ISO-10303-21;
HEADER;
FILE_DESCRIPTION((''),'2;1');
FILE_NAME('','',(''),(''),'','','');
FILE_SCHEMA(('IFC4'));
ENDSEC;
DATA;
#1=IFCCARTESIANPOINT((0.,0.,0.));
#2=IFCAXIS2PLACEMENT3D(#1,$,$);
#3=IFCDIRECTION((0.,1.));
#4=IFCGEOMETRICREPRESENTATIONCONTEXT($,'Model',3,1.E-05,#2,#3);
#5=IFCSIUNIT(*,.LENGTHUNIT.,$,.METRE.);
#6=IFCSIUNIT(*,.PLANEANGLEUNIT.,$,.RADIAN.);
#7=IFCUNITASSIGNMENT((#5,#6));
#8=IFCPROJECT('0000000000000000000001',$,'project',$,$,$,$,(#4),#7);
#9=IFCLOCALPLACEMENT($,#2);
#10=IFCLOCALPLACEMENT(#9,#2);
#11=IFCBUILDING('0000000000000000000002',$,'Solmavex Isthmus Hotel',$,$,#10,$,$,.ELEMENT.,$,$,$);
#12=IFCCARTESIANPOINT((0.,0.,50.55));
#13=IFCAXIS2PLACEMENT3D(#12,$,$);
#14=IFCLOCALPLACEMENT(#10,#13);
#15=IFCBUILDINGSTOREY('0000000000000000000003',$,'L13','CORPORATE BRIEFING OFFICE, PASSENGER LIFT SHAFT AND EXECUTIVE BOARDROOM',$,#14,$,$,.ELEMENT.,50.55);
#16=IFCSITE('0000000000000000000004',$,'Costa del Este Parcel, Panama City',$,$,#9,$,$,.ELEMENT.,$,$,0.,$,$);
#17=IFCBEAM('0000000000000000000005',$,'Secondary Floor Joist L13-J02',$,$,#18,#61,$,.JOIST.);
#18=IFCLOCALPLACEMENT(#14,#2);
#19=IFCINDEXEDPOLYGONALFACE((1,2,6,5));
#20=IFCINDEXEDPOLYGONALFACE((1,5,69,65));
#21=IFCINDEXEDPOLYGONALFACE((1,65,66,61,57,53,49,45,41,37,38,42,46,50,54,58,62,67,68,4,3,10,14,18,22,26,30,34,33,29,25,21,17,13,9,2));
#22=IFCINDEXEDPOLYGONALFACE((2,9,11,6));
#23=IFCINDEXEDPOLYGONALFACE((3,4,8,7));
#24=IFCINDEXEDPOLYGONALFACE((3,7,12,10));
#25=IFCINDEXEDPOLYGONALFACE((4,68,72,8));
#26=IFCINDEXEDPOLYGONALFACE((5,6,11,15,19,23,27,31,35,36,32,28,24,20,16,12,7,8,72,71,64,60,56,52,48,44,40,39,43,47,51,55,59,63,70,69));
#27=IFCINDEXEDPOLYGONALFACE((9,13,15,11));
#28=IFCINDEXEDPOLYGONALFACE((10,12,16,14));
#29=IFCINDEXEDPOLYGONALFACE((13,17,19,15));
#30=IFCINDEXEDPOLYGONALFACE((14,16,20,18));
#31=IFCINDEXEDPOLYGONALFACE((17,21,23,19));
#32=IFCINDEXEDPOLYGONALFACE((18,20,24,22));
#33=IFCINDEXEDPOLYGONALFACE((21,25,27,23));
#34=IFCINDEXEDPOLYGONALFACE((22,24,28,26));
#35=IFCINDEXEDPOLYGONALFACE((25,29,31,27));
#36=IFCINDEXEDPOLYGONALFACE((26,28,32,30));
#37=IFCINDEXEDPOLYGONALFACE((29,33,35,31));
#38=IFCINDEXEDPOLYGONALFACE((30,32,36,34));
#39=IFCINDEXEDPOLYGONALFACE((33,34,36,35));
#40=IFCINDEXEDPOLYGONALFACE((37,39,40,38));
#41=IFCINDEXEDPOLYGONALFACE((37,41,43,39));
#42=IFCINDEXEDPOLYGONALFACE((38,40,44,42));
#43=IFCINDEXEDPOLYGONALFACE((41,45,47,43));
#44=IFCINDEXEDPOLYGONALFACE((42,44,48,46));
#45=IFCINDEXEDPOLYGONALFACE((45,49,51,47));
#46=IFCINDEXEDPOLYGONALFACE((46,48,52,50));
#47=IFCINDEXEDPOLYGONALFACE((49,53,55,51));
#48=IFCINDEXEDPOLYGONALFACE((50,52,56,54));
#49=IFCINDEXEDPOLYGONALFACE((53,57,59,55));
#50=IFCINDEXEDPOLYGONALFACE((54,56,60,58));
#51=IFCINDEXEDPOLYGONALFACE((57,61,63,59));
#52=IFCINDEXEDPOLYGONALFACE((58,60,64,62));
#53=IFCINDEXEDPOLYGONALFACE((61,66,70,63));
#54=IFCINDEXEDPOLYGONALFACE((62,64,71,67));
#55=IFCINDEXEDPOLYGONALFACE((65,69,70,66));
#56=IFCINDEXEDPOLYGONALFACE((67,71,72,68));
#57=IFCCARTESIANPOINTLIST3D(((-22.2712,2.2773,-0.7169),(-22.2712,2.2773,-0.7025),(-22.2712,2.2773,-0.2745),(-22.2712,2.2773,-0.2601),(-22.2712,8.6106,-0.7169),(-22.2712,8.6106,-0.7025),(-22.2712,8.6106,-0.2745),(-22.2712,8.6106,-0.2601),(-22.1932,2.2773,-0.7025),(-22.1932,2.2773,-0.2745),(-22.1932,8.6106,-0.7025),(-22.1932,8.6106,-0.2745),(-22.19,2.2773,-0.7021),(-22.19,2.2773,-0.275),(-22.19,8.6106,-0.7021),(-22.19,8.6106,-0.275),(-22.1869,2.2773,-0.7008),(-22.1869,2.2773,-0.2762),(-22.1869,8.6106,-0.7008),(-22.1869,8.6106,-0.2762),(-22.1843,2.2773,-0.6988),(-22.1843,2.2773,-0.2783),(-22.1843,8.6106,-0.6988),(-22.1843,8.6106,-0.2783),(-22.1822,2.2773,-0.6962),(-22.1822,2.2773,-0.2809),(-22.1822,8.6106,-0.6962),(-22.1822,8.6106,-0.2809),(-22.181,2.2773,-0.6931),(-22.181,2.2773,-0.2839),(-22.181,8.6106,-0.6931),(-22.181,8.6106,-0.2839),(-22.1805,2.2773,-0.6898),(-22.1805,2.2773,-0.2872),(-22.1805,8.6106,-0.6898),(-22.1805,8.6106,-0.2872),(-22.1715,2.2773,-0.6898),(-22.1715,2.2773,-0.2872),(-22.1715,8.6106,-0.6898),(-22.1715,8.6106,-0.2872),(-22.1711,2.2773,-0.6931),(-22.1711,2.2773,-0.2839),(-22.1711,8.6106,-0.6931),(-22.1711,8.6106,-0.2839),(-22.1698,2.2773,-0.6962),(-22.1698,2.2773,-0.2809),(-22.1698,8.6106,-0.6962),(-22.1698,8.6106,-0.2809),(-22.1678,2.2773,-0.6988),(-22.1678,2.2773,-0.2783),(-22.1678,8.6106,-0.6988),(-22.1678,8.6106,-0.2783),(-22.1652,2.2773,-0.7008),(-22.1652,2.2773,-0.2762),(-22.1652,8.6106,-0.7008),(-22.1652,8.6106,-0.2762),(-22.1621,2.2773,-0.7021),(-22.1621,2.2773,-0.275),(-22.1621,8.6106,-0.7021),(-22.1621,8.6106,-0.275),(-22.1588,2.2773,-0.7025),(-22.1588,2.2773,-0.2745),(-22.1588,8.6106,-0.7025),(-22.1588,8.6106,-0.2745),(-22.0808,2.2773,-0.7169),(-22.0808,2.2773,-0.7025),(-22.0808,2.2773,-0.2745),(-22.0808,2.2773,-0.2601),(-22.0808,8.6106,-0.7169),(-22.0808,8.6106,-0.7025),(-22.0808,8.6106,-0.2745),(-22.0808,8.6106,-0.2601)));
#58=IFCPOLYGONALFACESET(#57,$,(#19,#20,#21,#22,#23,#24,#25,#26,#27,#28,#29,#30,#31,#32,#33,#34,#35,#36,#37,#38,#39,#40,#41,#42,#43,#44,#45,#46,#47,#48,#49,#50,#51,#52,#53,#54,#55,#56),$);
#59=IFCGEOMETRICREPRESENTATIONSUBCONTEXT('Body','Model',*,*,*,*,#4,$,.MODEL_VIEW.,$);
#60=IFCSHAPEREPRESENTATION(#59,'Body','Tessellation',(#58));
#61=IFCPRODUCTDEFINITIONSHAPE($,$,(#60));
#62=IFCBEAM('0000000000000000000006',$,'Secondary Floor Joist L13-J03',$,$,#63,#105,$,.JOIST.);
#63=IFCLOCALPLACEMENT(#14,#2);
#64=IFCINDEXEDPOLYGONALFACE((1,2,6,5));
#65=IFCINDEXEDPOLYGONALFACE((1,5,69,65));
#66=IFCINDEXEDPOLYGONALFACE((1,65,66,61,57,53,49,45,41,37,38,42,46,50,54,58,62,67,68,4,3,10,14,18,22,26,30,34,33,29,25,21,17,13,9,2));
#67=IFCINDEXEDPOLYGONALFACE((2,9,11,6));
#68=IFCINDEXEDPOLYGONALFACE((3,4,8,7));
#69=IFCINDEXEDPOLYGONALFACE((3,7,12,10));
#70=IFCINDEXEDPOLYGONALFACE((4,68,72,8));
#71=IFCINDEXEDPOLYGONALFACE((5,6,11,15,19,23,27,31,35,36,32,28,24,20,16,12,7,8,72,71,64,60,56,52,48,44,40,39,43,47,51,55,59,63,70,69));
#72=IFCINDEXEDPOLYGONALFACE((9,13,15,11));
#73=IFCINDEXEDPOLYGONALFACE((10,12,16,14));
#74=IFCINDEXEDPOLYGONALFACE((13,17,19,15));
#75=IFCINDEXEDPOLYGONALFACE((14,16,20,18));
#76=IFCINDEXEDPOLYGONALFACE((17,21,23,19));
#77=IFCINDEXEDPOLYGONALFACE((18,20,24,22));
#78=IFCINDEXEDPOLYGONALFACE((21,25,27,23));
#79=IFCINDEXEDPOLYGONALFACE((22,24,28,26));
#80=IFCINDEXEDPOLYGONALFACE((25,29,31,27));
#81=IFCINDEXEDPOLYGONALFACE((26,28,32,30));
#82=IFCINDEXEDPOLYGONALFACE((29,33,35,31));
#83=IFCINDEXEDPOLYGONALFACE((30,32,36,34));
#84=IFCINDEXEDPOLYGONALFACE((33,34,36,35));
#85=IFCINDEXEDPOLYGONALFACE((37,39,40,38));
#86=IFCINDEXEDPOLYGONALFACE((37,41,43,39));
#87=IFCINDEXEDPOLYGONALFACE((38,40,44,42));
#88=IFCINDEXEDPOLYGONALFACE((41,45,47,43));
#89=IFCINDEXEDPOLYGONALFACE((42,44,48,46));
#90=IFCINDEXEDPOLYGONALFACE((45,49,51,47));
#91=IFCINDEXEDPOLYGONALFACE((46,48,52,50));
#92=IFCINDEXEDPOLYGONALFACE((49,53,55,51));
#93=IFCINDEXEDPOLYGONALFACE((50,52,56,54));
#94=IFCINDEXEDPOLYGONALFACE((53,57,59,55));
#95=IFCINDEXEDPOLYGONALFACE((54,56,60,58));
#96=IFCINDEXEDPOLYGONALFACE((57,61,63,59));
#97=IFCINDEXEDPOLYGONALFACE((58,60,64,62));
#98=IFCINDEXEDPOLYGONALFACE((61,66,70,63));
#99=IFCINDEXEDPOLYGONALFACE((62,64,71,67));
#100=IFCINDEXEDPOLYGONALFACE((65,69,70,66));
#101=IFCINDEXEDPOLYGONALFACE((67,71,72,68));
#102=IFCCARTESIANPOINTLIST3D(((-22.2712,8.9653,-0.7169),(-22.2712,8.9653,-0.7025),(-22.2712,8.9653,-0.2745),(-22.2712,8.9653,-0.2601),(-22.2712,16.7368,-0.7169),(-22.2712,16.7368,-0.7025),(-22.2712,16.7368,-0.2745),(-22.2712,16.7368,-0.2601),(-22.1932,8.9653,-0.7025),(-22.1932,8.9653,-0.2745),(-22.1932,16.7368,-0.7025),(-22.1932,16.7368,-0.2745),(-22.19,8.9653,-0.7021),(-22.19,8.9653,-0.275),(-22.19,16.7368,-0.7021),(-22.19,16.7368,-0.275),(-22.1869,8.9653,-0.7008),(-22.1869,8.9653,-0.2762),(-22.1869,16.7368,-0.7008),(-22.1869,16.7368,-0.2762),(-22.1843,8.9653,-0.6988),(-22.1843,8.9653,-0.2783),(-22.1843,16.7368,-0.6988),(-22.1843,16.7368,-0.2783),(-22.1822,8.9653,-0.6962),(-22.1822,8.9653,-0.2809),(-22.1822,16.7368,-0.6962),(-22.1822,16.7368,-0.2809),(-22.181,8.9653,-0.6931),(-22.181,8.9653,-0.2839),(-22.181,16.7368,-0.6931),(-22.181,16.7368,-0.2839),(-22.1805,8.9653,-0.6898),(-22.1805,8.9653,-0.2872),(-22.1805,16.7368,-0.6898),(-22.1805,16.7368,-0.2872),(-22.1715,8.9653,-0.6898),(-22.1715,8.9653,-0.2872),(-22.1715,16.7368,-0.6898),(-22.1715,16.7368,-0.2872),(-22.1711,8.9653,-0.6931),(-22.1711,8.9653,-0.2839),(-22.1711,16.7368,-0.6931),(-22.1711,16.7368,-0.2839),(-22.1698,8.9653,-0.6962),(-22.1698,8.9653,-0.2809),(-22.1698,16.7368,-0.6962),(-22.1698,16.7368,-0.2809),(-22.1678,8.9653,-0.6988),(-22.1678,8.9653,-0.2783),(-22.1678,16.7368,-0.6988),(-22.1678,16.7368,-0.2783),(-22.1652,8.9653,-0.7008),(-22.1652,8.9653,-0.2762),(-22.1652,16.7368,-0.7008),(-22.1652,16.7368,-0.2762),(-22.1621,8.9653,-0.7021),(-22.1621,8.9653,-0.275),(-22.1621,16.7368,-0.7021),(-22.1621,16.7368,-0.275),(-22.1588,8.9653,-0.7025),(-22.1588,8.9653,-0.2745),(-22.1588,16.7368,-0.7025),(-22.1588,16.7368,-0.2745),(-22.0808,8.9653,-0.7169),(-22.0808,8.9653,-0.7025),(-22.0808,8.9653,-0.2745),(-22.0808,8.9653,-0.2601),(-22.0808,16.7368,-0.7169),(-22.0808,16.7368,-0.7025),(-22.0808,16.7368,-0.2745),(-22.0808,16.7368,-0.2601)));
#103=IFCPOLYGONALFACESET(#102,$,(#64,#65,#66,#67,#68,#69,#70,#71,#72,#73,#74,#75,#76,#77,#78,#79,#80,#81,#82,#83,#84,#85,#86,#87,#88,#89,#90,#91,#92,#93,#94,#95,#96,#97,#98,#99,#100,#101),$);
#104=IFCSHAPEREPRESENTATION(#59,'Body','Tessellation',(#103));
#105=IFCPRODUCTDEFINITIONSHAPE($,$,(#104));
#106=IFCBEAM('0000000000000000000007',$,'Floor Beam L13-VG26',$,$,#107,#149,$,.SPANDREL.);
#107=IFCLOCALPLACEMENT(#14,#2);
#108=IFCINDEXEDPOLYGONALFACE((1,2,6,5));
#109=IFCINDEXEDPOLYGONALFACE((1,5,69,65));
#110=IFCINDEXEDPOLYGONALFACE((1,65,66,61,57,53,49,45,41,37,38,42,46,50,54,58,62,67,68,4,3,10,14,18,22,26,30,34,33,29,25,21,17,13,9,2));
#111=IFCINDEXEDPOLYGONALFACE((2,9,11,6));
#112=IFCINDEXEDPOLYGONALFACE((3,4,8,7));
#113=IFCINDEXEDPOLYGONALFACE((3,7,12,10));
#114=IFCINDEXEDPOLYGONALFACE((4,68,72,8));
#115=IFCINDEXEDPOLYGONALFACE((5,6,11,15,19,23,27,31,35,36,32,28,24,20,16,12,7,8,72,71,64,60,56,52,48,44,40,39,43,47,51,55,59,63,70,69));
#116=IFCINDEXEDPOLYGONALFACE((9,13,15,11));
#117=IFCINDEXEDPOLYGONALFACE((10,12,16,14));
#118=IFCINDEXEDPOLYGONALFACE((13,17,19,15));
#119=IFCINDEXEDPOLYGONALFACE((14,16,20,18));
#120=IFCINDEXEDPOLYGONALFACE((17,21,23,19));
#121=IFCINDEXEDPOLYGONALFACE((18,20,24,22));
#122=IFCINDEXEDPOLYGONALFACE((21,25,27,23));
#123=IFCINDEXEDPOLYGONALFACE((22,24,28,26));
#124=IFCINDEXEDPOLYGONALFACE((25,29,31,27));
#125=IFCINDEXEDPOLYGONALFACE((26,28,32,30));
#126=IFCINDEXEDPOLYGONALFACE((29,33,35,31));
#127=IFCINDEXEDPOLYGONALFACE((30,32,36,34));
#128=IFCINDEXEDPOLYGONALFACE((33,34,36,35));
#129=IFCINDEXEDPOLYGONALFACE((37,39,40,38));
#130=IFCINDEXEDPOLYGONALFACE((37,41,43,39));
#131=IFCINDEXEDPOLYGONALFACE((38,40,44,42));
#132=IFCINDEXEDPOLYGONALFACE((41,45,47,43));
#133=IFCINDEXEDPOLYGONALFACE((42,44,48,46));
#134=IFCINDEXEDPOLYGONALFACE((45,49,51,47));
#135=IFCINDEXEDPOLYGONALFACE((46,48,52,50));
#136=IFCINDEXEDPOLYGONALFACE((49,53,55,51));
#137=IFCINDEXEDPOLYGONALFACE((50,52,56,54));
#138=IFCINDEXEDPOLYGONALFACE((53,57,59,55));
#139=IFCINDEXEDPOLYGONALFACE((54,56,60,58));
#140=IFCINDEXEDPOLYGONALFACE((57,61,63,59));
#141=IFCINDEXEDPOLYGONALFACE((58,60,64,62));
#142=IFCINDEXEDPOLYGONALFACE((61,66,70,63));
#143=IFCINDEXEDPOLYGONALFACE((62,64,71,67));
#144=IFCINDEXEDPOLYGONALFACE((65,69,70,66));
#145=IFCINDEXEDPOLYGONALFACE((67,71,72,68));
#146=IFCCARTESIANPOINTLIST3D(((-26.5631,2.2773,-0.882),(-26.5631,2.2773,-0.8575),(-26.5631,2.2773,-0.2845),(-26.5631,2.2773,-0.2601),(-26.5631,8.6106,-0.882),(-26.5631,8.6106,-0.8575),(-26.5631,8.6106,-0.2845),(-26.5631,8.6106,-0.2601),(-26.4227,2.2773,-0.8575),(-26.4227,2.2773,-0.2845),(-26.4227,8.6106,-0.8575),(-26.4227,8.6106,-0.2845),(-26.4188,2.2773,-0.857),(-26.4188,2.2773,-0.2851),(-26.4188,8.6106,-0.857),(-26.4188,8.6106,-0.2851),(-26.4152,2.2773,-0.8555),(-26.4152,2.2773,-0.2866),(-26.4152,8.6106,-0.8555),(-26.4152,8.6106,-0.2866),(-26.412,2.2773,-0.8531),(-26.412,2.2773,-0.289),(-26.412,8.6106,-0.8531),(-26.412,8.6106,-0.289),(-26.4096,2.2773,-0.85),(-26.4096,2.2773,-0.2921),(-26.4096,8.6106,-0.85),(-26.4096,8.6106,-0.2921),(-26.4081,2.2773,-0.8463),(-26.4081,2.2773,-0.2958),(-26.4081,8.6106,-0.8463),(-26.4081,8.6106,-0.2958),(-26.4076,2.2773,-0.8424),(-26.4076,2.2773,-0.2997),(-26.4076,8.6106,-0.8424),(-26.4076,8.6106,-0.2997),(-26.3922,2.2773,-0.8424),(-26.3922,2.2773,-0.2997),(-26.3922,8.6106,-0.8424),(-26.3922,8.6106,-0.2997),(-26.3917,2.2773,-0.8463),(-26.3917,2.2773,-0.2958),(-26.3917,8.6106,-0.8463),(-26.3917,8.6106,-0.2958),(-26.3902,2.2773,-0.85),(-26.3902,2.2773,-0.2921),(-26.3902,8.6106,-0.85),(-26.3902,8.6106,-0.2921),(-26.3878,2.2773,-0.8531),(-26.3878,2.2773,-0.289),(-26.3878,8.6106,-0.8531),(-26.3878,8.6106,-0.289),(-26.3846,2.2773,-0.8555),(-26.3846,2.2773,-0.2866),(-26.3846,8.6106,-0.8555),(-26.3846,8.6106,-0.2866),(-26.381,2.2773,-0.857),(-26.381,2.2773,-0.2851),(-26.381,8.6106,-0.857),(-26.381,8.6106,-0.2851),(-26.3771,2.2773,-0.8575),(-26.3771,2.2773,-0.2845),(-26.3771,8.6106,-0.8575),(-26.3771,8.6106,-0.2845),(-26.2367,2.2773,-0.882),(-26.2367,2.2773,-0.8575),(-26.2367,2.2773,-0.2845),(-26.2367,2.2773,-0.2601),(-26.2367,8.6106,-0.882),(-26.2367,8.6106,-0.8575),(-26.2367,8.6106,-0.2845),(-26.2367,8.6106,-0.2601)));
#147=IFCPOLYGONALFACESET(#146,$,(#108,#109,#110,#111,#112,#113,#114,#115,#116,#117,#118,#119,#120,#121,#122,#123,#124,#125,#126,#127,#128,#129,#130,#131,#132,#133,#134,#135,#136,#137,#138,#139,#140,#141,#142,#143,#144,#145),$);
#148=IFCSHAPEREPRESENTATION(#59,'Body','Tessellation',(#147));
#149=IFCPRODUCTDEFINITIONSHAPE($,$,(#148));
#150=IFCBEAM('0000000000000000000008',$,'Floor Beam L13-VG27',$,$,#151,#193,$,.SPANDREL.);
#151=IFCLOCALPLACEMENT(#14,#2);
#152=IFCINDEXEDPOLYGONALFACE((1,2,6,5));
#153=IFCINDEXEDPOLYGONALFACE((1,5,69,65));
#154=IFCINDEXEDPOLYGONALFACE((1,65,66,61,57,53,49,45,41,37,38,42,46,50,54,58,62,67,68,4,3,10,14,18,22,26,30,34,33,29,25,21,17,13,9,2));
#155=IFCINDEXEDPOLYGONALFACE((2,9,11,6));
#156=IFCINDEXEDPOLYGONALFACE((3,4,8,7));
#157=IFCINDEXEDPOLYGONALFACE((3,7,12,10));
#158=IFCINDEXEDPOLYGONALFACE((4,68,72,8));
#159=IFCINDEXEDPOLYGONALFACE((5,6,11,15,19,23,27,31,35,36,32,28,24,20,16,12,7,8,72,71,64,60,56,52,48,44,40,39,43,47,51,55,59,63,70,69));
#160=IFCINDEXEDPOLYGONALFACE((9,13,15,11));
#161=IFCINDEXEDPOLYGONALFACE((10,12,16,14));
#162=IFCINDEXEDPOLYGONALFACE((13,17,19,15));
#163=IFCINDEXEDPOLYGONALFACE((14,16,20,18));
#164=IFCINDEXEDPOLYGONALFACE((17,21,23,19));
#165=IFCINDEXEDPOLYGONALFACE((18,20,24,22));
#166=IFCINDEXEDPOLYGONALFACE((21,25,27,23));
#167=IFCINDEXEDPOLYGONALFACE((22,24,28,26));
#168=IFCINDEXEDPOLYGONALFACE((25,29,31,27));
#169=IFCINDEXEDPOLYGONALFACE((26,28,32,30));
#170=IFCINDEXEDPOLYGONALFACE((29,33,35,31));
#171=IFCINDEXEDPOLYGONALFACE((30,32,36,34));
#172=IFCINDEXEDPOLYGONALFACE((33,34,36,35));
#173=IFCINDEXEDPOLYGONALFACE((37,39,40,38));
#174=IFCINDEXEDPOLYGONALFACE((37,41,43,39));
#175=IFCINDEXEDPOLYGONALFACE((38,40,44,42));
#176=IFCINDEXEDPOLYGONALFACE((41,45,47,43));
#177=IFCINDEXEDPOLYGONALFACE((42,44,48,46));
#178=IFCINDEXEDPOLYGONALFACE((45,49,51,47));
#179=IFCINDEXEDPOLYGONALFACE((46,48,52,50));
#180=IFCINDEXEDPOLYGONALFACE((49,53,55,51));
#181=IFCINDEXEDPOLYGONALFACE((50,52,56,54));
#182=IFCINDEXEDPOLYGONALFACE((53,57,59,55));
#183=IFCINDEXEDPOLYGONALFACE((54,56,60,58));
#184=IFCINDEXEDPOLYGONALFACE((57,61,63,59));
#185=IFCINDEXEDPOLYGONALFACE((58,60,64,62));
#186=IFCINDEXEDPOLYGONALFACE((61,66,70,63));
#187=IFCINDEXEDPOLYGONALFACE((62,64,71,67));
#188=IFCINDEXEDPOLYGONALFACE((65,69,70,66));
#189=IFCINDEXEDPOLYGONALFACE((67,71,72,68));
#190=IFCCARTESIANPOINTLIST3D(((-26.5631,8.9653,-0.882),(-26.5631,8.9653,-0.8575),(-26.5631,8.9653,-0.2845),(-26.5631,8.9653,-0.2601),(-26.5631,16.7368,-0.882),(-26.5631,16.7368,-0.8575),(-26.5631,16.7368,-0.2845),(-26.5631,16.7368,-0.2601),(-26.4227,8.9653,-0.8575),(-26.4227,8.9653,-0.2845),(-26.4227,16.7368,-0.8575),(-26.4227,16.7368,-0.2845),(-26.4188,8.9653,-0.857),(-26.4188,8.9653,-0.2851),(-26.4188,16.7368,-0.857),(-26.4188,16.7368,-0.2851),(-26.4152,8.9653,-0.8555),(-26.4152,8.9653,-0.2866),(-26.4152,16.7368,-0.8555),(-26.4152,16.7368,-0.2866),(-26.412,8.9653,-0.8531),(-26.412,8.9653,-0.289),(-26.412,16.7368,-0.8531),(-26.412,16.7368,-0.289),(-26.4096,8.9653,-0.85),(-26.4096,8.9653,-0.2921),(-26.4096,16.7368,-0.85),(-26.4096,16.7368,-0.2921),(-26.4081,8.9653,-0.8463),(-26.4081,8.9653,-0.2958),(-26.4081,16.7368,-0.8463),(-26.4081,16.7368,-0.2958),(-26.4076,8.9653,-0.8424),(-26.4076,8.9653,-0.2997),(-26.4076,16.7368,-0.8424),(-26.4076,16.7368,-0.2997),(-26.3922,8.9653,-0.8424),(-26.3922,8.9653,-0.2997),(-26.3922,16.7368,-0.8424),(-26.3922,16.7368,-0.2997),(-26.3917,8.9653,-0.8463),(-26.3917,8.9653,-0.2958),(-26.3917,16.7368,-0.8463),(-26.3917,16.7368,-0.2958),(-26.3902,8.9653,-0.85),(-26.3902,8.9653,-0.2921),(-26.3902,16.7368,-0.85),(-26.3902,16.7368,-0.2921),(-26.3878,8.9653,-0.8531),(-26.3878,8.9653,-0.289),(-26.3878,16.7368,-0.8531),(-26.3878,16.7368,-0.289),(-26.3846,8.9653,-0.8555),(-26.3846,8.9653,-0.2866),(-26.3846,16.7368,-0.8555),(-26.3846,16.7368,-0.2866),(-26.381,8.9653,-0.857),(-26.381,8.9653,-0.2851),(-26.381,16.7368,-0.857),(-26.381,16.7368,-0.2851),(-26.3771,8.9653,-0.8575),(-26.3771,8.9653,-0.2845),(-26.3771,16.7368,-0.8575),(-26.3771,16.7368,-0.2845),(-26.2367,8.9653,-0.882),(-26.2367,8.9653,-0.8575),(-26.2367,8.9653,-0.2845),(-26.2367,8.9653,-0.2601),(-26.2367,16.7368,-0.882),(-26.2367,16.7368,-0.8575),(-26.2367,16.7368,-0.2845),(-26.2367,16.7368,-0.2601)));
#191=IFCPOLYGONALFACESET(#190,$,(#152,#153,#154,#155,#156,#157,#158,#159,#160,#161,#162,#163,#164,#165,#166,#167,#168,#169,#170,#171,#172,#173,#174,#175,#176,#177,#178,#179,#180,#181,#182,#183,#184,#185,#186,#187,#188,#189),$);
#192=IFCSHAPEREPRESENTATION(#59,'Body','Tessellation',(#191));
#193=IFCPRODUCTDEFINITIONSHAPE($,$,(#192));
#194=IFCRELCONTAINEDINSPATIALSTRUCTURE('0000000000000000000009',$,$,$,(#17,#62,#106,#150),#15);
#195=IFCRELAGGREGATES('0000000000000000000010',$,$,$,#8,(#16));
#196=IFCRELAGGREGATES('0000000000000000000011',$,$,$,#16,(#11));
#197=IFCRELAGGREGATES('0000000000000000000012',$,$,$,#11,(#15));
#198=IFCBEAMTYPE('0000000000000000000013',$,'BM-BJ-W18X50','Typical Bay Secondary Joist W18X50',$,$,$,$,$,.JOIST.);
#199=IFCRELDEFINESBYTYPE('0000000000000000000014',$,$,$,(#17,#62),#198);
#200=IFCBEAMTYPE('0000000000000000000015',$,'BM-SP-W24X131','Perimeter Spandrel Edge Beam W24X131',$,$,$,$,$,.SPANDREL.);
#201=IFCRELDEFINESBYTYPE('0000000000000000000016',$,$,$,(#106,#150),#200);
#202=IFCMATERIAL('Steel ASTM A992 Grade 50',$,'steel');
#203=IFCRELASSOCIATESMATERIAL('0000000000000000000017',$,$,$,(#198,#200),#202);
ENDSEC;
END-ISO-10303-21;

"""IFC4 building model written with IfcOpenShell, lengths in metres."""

from ifc_helpers import new_model, si_unit, direction, frame, origin, origin_2d, place, context, subcontext, project, spatial, i_section, extrude, material, material_profile, profile_set, type_object, element, save


model = new_model("IFC4")

# Units and contexts
model_context = context("Model", 3, precision=1e-05, world=origin(), true_north=direction((0.0, 1.0)))
body_context = subcontext(model_context, "Body", "Model", "MODEL_VIEW")
ifc_project = project(units=[si_unit("LENGTHUNIT", "METRE"), si_unit("PLANEANGLEUNIT", "RADIAN")], contexts=[model_context])

# Site, building, storey
site_placement = place(None, origin())
site = spatial("IfcSite", under=ifc_project, at=site_placement, Name="Costa del Este Parcel, Panama City", CompositionType="ELEMENT", RefElevation=0.0)
building_placement = place(site_placement, origin())
building = spatial("IfcBuilding", under=site, at=building_placement, Name="Solmavex Isthmus Hotel", CompositionType="ELEMENT")
storey_placement = place(building_placement, frame((0.0, 0.0, 50.55)))
storey = spatial("IfcBuildingStorey", under=building, at=storey_placement, Name="L13", Description="CORPORATE BRIEFING OFFICE, PASSENGER LIFT SHAFT AND EXECUTIVE BOARDROOM", CompositionType="ELEMENT", Elevation=50.55)

# Beams
ifc_material_1 = material(Name="Steel ASTM A992 Grade 50", Category="steel")
ifc_material_profile_1 = material_profile(ifc_material_1, i_section(OverallWidth=0.1904, OverallDepth=0.4568, WebThickness=0.009, FlangeThickness=0.0144, FilletRadius=0.0127, at=origin_2d()), Name="W18X50")
ifc_profile_set_1 = profile_set([ifc_material_profile_1], Name="Steel ASTM A992 Grade 50")
beam_type_1 = type_object("IfcBeamType", Name="BM-BJ-W18X50", Description="Typical Bay Secondary Joist W18X50", PredefinedType="JOIST", material=ifc_profile_set_1)
beam_1_placement = place(storey_placement, frame((-22.176, 2.2773, -0.4885), z_axis=(0.0, 1.0, 0.0), x_axis=(-1.0, 0.0, 0.0)))
element("IfcBeam", 1, at=beam_1_placement, inside=storey, type_object=beam_type_1, Name="Secondary Floor Joist L13-J02", PredefinedType="JOIST", context=body_context, shape_type="SweptSolid", body=[
    extrude(i_section(OverallWidth=0.1904, OverallDepth=0.4568, WebThickness=0.009, FlangeThickness=0.0144, FilletRadius=0.0127, at=origin_2d()), origin(), (0.0, 0.0, 1.0), 6.3333),
])
beam_2_placement = place(storey_placement, frame((-22.176, 8.9653, -0.4885), z_axis=(0.0, 1.0, 0.0), x_axis=(-1.0, 0.0, 0.0)))
element("IfcBeam", 2, at=beam_2_placement, inside=storey, type_object=beam_type_1, Name="Secondary Floor Joist L13-J03", PredefinedType="JOIST", context=body_context, shape_type="SweptSolid", body=[
    extrude(i_section(OverallWidth=0.1904, OverallDepth=0.4568, WebThickness=0.009, FlangeThickness=0.0144, FilletRadius=0.0127, at=origin_2d()), origin(), (0.0, 0.0, 1.0), 7.7715),
])
ifc_material_profile_2 = material_profile(ifc_material_1, i_section(OverallWidth=0.3264, OverallDepth=0.6218, WebThickness=0.0154, FlangeThickness=0.0244, FilletRadius=0.0151, at=origin_2d()), Name="W24X131")
ifc_profile_set_2 = profile_set([ifc_material_profile_2], Name="Steel ASTM A992 Grade 50")
beam_type_2 = type_object("IfcBeamType", Name="BM-SP-W24X131", Description="Perimeter Spandrel Edge Beam W24X131", PredefinedType="SPANDREL", material=ifc_profile_set_2)
beam_3_placement = place(storey_placement, frame((-26.3999, 2.2773, -0.571), z_axis=(0.0, 1.0, 0.0), x_axis=(-1.0, 0.0, 0.0)))
element("IfcBeam", 3, at=beam_3_placement, inside=storey, type_object=beam_type_2, Name="Floor Beam L13-VG26", PredefinedType="SPANDREL", context=body_context, shape_type="SweptSolid", body=[
    extrude(i_section(OverallWidth=0.3264, OverallDepth=0.6218, WebThickness=0.0154, FlangeThickness=0.0244, FilletRadius=0.0151, at=origin_2d()), origin(), (0.0, 0.0, 1.0), 6.3333),
])
beam_4_placement = place(storey_placement, frame((-26.3999, 8.9653, -0.571), z_axis=(0.0, 1.0, 0.0), x_axis=(-1.0, 0.0, 0.0)))
element("IfcBeam", 4, at=beam_4_placement, inside=storey, type_object=beam_type_2, Name="Floor Beam L13-VG27", PredefinedType="SPANDREL", context=body_context, shape_type="SweptSolid", body=[
    extrude(i_section(OverallWidth=0.3264, OverallDepth=0.6218, WebThickness=0.0154, FlangeThickness=0.0244, FilletRadius=0.0151, at=origin_2d()), origin(), (0.0, 0.0, 1.0), 7.7715),
])

save(model, "model.ifc")
